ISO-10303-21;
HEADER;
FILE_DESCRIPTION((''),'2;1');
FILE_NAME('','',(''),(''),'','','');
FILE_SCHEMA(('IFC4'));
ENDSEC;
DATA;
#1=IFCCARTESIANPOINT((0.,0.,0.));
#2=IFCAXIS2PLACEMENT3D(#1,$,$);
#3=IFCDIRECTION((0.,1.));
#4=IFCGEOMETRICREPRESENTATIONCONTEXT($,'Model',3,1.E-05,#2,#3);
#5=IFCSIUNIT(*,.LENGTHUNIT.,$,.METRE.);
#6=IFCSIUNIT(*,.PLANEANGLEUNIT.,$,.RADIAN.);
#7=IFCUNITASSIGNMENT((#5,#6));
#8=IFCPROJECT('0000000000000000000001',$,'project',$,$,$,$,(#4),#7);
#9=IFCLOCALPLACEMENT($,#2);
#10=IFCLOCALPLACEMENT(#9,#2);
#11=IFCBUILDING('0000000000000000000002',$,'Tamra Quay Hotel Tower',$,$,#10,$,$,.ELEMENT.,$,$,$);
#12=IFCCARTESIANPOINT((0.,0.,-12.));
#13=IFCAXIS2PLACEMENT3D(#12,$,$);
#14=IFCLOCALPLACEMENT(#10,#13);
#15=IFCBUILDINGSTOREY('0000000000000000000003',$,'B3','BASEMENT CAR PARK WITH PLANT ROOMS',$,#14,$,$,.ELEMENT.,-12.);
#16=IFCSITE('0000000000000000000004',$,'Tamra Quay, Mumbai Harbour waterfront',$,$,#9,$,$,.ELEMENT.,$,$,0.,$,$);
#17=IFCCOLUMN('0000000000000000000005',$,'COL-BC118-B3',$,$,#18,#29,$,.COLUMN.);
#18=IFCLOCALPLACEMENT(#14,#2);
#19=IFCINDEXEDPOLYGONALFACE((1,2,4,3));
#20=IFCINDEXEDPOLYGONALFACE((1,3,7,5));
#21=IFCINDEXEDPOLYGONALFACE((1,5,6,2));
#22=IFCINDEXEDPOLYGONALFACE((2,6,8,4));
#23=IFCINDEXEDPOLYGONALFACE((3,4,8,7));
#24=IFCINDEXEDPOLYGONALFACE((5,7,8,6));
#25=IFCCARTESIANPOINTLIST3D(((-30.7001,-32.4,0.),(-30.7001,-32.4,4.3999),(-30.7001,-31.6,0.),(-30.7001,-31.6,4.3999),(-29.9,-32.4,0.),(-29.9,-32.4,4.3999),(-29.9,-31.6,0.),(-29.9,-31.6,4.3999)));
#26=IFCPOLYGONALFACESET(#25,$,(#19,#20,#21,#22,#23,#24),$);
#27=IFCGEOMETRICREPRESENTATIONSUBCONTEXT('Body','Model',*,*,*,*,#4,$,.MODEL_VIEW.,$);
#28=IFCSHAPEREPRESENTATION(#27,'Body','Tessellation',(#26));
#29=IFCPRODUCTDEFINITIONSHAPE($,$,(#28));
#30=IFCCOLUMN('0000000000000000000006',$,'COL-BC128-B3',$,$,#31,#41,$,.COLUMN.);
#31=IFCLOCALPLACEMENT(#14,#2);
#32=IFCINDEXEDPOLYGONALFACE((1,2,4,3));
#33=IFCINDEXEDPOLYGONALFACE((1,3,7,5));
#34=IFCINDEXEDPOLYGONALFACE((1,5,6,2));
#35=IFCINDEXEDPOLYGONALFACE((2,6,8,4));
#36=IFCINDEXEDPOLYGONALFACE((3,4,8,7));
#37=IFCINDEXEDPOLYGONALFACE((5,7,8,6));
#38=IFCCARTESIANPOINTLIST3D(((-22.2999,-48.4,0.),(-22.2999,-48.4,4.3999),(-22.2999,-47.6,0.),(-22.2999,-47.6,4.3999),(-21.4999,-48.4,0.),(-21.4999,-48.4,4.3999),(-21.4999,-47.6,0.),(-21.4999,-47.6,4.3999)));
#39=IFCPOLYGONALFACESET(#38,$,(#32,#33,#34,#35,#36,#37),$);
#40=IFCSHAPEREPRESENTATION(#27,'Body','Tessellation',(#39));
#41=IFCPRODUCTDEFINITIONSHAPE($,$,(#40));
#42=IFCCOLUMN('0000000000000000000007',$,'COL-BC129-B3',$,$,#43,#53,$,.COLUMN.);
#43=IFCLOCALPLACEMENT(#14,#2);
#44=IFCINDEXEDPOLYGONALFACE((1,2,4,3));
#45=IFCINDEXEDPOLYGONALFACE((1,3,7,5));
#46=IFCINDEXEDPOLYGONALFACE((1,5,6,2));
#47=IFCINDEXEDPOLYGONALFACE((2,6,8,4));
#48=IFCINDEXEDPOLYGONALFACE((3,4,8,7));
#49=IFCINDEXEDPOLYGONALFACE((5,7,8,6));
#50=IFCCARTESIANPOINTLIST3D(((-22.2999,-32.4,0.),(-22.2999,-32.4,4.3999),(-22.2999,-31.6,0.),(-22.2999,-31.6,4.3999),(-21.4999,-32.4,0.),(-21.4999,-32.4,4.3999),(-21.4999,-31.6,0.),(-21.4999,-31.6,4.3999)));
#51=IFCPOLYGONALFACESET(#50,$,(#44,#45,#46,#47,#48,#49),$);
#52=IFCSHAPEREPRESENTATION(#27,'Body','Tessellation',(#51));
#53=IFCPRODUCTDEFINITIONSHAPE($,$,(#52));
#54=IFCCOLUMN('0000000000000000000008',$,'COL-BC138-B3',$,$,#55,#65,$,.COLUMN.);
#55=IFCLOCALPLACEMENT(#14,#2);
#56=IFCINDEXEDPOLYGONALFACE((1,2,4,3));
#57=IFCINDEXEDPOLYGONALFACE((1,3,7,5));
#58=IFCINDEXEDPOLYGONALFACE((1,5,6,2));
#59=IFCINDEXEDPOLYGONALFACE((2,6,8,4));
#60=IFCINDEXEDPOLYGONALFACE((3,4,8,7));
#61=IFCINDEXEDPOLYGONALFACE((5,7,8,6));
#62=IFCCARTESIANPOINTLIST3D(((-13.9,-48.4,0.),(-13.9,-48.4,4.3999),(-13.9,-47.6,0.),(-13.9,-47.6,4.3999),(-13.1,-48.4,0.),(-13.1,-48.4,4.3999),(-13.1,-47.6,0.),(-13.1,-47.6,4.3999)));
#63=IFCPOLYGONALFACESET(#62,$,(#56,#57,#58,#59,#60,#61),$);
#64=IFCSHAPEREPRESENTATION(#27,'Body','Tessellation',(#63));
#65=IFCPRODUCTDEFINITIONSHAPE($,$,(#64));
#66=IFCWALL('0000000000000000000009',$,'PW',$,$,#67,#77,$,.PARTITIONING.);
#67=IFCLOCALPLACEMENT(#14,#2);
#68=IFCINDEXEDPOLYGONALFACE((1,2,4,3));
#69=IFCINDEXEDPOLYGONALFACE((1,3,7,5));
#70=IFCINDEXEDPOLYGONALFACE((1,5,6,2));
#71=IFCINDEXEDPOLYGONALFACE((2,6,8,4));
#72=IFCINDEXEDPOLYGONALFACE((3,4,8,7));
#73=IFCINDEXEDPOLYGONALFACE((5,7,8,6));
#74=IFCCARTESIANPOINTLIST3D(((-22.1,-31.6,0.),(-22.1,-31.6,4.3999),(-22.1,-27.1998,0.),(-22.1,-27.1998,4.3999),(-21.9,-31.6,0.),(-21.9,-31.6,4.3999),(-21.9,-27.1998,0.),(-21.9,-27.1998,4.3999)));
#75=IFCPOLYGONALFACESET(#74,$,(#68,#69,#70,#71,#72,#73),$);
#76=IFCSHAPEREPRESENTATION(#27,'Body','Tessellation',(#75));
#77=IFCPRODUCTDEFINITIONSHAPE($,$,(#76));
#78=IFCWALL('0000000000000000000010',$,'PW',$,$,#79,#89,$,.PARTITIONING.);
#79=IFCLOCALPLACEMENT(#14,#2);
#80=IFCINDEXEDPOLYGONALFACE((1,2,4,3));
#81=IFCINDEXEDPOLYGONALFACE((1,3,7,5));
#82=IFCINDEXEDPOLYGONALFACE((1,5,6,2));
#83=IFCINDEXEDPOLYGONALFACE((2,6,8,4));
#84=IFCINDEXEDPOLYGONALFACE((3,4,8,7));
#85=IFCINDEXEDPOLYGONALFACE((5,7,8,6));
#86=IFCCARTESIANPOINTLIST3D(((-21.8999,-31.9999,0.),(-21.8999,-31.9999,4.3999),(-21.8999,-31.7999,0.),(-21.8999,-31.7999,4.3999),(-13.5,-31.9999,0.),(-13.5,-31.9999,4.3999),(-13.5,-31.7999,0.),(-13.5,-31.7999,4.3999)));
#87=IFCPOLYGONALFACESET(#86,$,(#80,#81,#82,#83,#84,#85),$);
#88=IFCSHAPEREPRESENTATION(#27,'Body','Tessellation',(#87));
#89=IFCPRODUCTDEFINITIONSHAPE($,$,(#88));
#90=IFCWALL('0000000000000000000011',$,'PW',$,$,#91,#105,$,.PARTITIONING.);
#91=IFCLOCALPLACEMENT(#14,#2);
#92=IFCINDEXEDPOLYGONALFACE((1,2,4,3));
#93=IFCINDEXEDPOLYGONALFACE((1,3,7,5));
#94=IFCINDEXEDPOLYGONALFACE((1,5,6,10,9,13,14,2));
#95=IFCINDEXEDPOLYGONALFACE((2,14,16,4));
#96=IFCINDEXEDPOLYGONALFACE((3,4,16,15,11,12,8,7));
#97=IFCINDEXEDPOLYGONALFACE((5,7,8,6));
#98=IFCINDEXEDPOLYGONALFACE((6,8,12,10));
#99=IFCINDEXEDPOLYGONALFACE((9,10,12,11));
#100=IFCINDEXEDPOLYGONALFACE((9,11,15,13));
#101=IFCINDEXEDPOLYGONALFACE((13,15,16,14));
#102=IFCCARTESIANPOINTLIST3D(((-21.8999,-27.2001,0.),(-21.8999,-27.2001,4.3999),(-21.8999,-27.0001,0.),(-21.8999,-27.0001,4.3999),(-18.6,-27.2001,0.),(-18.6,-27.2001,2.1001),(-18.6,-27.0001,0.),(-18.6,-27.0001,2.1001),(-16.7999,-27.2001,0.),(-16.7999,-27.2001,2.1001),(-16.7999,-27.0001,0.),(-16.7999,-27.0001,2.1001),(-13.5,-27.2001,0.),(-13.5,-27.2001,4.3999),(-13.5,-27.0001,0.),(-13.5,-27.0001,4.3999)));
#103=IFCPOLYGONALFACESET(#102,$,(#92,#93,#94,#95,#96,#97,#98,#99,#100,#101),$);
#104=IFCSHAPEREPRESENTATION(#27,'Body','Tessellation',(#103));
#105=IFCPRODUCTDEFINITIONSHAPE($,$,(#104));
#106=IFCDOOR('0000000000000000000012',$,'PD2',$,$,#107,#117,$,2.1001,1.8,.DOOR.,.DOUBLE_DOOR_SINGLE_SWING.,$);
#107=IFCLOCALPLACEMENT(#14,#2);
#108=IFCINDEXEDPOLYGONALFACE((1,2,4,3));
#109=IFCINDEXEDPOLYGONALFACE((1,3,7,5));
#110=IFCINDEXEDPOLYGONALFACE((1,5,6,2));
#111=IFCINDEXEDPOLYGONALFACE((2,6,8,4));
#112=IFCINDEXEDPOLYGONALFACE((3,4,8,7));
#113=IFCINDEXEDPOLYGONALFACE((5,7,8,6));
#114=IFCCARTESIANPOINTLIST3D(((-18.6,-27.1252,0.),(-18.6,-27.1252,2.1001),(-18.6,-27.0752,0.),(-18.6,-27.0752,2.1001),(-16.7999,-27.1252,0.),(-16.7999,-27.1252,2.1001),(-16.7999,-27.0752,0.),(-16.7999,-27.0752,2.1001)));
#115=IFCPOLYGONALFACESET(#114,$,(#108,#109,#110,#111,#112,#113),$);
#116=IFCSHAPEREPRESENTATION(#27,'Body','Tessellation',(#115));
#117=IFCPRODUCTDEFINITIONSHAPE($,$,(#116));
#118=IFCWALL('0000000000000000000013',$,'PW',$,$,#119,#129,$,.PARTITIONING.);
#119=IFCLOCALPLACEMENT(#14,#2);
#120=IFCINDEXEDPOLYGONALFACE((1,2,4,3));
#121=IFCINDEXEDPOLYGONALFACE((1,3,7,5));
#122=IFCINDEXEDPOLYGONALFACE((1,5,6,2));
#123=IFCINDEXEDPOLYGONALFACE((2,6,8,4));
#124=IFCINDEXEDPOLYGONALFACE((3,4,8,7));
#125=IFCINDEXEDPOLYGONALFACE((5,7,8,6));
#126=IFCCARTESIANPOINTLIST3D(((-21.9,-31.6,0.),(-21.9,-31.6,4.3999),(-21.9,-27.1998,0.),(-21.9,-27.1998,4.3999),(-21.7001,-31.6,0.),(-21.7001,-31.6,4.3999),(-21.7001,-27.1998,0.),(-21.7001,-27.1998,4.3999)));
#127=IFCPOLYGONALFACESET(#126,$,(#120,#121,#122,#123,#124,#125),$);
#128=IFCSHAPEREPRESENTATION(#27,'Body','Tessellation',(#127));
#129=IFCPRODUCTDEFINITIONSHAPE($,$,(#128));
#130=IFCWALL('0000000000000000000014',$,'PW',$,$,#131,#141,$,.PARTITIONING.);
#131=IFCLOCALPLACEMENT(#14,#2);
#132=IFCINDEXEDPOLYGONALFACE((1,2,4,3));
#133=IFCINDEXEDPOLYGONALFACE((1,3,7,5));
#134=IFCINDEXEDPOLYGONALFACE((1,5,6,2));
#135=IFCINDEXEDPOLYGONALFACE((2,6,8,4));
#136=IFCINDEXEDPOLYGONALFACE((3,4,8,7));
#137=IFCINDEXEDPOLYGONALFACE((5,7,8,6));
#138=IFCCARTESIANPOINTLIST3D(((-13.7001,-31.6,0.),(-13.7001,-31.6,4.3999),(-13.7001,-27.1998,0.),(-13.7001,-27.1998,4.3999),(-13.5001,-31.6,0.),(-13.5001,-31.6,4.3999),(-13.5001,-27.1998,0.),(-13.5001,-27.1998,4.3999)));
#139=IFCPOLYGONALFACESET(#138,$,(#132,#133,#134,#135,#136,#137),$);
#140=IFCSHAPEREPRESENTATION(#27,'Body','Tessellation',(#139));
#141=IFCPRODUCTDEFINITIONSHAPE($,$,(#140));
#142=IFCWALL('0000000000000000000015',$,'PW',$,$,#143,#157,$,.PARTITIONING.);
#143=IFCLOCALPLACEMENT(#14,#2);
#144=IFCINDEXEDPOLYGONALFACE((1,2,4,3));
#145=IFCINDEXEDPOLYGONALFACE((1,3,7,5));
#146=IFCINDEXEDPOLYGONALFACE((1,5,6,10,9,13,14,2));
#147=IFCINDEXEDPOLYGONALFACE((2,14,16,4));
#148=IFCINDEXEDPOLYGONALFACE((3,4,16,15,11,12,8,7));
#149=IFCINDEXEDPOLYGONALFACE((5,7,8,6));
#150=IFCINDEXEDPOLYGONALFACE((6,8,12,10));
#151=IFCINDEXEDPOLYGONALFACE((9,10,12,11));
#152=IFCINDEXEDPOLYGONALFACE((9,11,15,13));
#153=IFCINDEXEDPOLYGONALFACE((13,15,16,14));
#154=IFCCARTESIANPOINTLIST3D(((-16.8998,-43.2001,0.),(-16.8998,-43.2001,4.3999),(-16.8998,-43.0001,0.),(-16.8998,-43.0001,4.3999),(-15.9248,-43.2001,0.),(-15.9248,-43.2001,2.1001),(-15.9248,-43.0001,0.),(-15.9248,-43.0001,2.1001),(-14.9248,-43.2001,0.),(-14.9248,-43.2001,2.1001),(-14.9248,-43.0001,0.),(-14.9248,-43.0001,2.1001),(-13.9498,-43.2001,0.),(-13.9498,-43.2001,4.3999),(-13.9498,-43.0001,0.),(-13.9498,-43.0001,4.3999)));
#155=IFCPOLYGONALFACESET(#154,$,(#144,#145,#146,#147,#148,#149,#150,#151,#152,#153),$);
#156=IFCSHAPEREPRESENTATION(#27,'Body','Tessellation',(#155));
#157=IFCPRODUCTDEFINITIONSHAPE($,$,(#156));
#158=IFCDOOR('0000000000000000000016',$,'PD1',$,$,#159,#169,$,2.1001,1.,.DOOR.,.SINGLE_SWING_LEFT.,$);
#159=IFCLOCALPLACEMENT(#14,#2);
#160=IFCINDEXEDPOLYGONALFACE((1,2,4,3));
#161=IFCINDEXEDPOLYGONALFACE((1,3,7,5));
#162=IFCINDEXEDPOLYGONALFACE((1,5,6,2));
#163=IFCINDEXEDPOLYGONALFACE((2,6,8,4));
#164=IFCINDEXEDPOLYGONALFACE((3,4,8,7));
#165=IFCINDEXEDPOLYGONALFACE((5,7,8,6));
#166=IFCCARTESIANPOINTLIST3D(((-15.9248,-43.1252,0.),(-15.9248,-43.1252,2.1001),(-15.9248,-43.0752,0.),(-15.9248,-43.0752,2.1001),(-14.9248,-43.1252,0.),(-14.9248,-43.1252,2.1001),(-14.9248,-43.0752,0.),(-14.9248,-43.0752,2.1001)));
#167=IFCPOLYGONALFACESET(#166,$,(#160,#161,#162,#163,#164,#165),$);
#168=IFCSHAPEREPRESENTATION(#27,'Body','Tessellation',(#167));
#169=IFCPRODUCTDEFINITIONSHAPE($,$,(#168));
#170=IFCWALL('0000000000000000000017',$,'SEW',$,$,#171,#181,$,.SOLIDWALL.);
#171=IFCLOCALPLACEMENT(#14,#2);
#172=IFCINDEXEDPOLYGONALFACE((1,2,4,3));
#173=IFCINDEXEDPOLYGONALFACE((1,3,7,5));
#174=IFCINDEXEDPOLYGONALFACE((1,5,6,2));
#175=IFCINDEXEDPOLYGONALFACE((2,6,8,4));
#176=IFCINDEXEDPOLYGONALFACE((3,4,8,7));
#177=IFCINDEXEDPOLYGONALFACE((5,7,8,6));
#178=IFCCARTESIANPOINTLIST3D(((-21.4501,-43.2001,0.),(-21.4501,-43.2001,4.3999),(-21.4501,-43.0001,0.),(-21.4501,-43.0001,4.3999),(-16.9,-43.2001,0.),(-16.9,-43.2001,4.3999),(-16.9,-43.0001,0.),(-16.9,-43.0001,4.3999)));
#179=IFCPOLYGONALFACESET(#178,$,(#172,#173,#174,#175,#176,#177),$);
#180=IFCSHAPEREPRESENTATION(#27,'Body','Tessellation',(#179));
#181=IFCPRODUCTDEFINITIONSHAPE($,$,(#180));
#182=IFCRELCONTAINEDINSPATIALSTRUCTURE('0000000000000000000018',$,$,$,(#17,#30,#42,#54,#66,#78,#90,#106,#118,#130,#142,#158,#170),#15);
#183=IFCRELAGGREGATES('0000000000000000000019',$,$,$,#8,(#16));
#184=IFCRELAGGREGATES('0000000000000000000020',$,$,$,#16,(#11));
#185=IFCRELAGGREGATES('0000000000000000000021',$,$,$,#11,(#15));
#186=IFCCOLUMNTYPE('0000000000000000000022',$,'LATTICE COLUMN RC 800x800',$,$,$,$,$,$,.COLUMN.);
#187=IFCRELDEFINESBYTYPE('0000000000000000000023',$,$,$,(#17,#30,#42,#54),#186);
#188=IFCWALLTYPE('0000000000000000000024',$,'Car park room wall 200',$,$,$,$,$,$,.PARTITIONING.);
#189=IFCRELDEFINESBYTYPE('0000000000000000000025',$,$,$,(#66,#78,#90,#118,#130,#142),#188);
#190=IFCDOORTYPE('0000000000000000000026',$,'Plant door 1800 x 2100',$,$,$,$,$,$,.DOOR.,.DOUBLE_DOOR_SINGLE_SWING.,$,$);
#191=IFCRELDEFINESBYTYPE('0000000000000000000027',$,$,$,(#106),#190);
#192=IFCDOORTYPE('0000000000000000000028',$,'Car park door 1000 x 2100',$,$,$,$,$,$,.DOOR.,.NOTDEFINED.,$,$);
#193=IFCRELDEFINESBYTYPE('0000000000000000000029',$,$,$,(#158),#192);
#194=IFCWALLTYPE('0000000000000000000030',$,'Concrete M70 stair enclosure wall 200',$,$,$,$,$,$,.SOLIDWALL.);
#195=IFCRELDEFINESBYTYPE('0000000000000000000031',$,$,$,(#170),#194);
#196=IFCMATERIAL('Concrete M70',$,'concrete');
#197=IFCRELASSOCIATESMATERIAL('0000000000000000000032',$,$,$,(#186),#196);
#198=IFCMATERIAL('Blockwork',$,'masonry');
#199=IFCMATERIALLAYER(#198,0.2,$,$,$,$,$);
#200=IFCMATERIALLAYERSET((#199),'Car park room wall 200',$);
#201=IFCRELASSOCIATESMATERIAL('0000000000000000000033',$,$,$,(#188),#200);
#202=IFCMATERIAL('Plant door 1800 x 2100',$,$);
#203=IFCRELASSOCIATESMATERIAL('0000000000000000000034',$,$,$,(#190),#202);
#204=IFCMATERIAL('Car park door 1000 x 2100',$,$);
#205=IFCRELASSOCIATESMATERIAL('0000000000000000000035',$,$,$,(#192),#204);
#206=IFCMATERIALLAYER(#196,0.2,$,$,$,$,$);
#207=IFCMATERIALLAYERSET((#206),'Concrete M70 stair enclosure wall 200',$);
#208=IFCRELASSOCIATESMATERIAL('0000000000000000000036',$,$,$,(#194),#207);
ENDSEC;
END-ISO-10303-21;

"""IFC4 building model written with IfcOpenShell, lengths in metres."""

from ifc_helpers import new_model, si_unit, direction, frame, frame_2d, origin, origin_2d, place, context, subcontext, project, spatial, rectangle, extrude, material, layer, layer_set, material_profile, profile_set, type_object, element, fill, save


model = new_model("IFC4")

# Units and contexts
model_context = context("Model", 3, precision=1e-05, world=origin(), true_north=direction((0.0, 1.0)))
body_context = subcontext(model_context, "Body", "Model", "MODEL_VIEW")
ifc_project = project(units=[si_unit("LENGTHUNIT", "METRE"), si_unit("PLANEANGLEUNIT", "RADIAN")], contexts=[model_context])

# Site, building, storey
site_placement = place(None, origin())
site = spatial("IfcSite", under=ifc_project, at=site_placement, Name="Tamra Quay, Mumbai Harbour waterfront", CompositionType="ELEMENT", RefElevation=0.0)
building_placement = place(site_placement, origin())
building = spatial("IfcBuilding", under=site, at=building_placement, Name="Tamra Quay Hotel Tower", CompositionType="ELEMENT")
storey_placement = place(building_placement, frame((0.0, 0.0, -12.0)))
storey = spatial("IfcBuildingStorey", under=building, at=storey_placement, Name="B3", Description="BASEMENT CAR PARK WITH PLANT ROOMS", CompositionType="ELEMENT", Elevation=-12.0)

# Columns
ifc_material_1 = material(Name="Concrete M70", Category="concrete")
ifc_material_profile_1 = material_profile(ifc_material_1, rectangle(XDim=0.8, YDim=0.8, at=origin_2d()), Name="LATTICE COLUMN RC 800x800")
ifc_profile_set_1 = profile_set([ifc_material_profile_1], Name="Concrete M70")
column_type = type_object("IfcColumnType", Name="LATTICE COLUMN RC 800x800", PredefinedType="COLUMN", material=ifc_profile_set_1)
for number, where, z_axis, x_axis, name in (
    (1, (-30.3, -32.0, 0.0), (0.0, 0.0, 1.0), (1.0, 0.0, 0.0), "COL-BC118-B3"),
    (2, (-21.8999, -48.0, 0.0), (0.0, 0.0, 1.0), (1.0, 0.0, 0.0), "COL-BC128-B3"),
    (3, (-21.8999, -32.0, 0.0), (0.0, 0.0, 1.0), (1.0, 0.0, 0.0), "COL-BC129-B3"),
    (4, (-13.5, -48.0, 0.0), (0.0, 0.0, 1.0), (1.0, 0.0, 0.0), "COL-BC138-B3"),
):
    element("IfcColumn", number, at=place(storey_placement, frame(where, z_axis=z_axis, x_axis=x_axis)), inside=storey, type_object=column_type, Name=name, PredefinedType="COLUMN", context=body_context, shape_type="SweptSolid", body=[
        extrude(rectangle(XDim=0.8, YDim=0.8, at=origin_2d()), origin(), (0.0, 0.0, 1.0), 4.3999),
    ])

# Walls
ifc_material_2 = material(Name="Blockwork", Category="masonry")
ifc_layer_1 = layer(ifc_material_2, 0.2)
ifc_layer_set_1 = layer_set([ifc_layer_1], Name="Car park room wall 200")
wall_type_1 = type_object("IfcWallType", Name="Car park room wall 200", PredefinedType="PARTITIONING", material=ifc_layer_set_1)
wall_1_placement = place(storey_placement, frame((-22.0, -31.6001, 0.0), z_axis=(0.0, 0.0, 1.0), x_axis=(0.0, 1.0, 0.0)))
element("IfcWall", 5, at=wall_1_placement, inside=storey, type_object=wall_type_1, Name="PW", PredefinedType="PARTITIONING", context=body_context, shape_type="SweptSolid", body=[
    extrude(rectangle(XDim=4.4001, YDim=0.2, at=frame_2d((2.2002, 0.0))), origin(), (0.0, 0.0, 1.0), 4.3999),
])
wall_2_placement = place(storey_placement, frame((-21.8999, -31.8999, 0.0), z_axis=(0.0, 0.0, 1.0), x_axis=(1.0, 0.0, 0.0)))
element("IfcWall", 6, at=wall_2_placement, inside=storey, type_object=wall_type_1, Name="PW", PredefinedType="PARTITIONING", context=body_context, shape_type="SweptSolid", body=[
    extrude(rectangle(XDim=8.3999, YDim=0.2, at=frame_2d((4.2, 0.0))), origin(), (0.0, 0.0, 1.0), 4.3999),
])

# Wall, opening, door
wall_3_placement = place(storey_placement, frame((-21.8999, -27.1001, 0.0), z_axis=(0.0, 0.0, 1.0), x_axis=(1.0, 0.0, 0.0)))
wall_3 = element("IfcWall", 7, at=wall_3_placement, inside=storey, type_object=wall_type_1, Name="PW", PredefinedType="PARTITIONING", context=body_context, shape_type="SweptSolid", body=[
    extrude(rectangle(XDim=8.3999, YDim=0.2, at=frame_2d((4.2, 0.0))), origin(), (0.0, 0.0, 1.0), 4.3999),
])
opening_1_placement = place(wall_3_placement, frame((3.3, 0.0, 0.0)))
opening_1 = element("IfcOpeningElement", 8, at=opening_1_placement, cuts=wall_3, PredefinedType="OPENING", context=body_context, shape_type="SweptSolid", body=[
    extrude(rectangle(XDim=1.8, YDim=2.1001, at=frame_2d((0.8999, 1.05))), frame((0.0, 0.1099, 0.0), z_axis=(0.0, -1.0, 0.0), x_axis=(1.0, 0.0, 0.0)), (0.0, 0.0, 1.0), 0.22),
])
ifc_material_3 = material(Name="Plant door 1800 x 2100")
door_type_1 = type_object("IfcDoorType", Name="Plant door 1800 x 2100", OperationType="DOUBLE_DOOR_SINGLE_SWING", PredefinedType="DOOR", material=ifc_material_3)
door_1_placement = place(opening_1_placement, origin())
door_1 = element("IfcDoor", 9, at=door_1_placement, inside=storey, type_object=door_type_1, Name="PD2", OperationType="DOUBLE_DOOR_SINGLE_SWING", OverallHeight=2.1001, OverallWidth=1.8, PredefinedType="DOOR", context=body_context, shape_type="SweptSolid", body=[
    extrude(rectangle(XDim=1.8, YDim=2.1001, at=frame_2d((0.8999, 1.05))), frame((0.0, 0.0249, 0.0), z_axis=(0.0, -1.0, 0.0), x_axis=(1.0, 0.0, 0.0)), (0.0, 0.0, 1.0), 0.05),
])
fill(opening_1, door_1)

# Walls
for number, where, z_axis, x_axis, name in (
    (10, (-21.8, -31.6001, 0.0), (0.0, 0.0, 1.0), (0.0, 1.0, 0.0), "PW"),
    (11, (-13.6001, -31.6001, 0.0), (0.0, 0.0, 1.0), (0.0, 1.0, 0.0), "PW"),
):
    element("IfcWall", number, at=place(storey_placement, frame(where, z_axis=z_axis, x_axis=x_axis)), inside=storey, type_object=wall_type_1, Name=name, PredefinedType="PARTITIONING", context=body_context, shape_type="SweptSolid", body=[
        extrude(rectangle(XDim=4.4001, YDim=0.2, at=frame_2d((2.2002, 0.0))), origin(), (0.0, 0.0, 1.0), 4.3999),
    ])

# Wall, opening, door
wall_4_placement = place(storey_placement, frame((-16.8999, -43.1001, 0.0), z_axis=(0.0, 0.0, 1.0), x_axis=(1.0, 0.0, 0.0)))
wall_4 = element("IfcWall", 12, at=wall_4_placement, inside=storey, type_object=wall_type_1, Name="PW", PredefinedType="PARTITIONING", context=body_context, shape_type="SweptSolid", body=[
    extrude(rectangle(XDim=2.95, YDim=0.2, at=frame_2d((1.4751, 0.0))), origin(), (0.0, 0.0, 1.0), 4.3999),
])
opening_2_placement = place(wall_4_placement, frame((0.9751, 0.0, 0.0)))
opening_2 = element("IfcOpeningElement", 13, at=opening_2_placement, cuts=wall_4, PredefinedType="OPENING", context=body_context, shape_type="SweptSolid", body=[
    extrude(rectangle(XDim=1.0, YDim=2.1001, at=frame_2d((0.5, 1.05))), frame((0.0, 0.1099, 0.0), z_axis=(0.0, -1.0, 0.0), x_axis=(1.0, 0.0, 0.0)), (0.0, 0.0, 1.0), 0.22),
])
ifc_material_4 = material(Name="Car park door 1000 x 2100")
door_type_2 = type_object("IfcDoorType", Name="Car park door 1000 x 2100", OperationType="NOTDEFINED", PredefinedType="DOOR", material=ifc_material_4)
door_2_placement = place(opening_2_placement, origin())
door_2 = element("IfcDoor", 14, at=door_2_placement, inside=storey, type_object=door_type_2, Name="PD1", OperationType="SINGLE_SWING_LEFT", OverallHeight=2.1001, OverallWidth=1.0, PredefinedType="DOOR", context=body_context, shape_type="SweptSolid", body=[
    extrude(rectangle(XDim=1.0, YDim=2.1001, at=frame_2d((0.5, 1.05))), frame((0.0, 0.0249, 0.0), z_axis=(0.0, -1.0, 0.0), x_axis=(1.0, 0.0, 0.0)), (0.0, 0.0, 1.0), 0.05),
])
fill(opening_2, door_2)

# Wall
ifc_layer_2 = layer(ifc_material_1, 0.2)
ifc_layer_set_2 = layer_set([ifc_layer_2], Name="Concrete M70 stair enclosure wall 200")
wall_type_2 = type_object("IfcWallType", Name="Concrete M70 stair enclosure wall 200", PredefinedType="SOLIDWALL", material=ifc_layer_set_2)
wall_5_placement = place(storey_placement, frame((-21.45, -43.1001, 0.0), z_axis=(0.0, 0.0, 1.0), x_axis=(1.0, 0.0, 0.0)))
element("IfcWall", 15, at=wall_5_placement, inside=storey, type_object=wall_type_2, Name="SEW", PredefinedType="SOLIDWALL", context=body_context, shape_type="SweptSolid", body=[
    extrude(rectangle(XDim=4.55, YDim=0.2, at=frame_2d((2.2749, 0.0))), origin(), (0.0, 0.0, 1.0), 4.3999),
])

save(model, "model.ifc")
